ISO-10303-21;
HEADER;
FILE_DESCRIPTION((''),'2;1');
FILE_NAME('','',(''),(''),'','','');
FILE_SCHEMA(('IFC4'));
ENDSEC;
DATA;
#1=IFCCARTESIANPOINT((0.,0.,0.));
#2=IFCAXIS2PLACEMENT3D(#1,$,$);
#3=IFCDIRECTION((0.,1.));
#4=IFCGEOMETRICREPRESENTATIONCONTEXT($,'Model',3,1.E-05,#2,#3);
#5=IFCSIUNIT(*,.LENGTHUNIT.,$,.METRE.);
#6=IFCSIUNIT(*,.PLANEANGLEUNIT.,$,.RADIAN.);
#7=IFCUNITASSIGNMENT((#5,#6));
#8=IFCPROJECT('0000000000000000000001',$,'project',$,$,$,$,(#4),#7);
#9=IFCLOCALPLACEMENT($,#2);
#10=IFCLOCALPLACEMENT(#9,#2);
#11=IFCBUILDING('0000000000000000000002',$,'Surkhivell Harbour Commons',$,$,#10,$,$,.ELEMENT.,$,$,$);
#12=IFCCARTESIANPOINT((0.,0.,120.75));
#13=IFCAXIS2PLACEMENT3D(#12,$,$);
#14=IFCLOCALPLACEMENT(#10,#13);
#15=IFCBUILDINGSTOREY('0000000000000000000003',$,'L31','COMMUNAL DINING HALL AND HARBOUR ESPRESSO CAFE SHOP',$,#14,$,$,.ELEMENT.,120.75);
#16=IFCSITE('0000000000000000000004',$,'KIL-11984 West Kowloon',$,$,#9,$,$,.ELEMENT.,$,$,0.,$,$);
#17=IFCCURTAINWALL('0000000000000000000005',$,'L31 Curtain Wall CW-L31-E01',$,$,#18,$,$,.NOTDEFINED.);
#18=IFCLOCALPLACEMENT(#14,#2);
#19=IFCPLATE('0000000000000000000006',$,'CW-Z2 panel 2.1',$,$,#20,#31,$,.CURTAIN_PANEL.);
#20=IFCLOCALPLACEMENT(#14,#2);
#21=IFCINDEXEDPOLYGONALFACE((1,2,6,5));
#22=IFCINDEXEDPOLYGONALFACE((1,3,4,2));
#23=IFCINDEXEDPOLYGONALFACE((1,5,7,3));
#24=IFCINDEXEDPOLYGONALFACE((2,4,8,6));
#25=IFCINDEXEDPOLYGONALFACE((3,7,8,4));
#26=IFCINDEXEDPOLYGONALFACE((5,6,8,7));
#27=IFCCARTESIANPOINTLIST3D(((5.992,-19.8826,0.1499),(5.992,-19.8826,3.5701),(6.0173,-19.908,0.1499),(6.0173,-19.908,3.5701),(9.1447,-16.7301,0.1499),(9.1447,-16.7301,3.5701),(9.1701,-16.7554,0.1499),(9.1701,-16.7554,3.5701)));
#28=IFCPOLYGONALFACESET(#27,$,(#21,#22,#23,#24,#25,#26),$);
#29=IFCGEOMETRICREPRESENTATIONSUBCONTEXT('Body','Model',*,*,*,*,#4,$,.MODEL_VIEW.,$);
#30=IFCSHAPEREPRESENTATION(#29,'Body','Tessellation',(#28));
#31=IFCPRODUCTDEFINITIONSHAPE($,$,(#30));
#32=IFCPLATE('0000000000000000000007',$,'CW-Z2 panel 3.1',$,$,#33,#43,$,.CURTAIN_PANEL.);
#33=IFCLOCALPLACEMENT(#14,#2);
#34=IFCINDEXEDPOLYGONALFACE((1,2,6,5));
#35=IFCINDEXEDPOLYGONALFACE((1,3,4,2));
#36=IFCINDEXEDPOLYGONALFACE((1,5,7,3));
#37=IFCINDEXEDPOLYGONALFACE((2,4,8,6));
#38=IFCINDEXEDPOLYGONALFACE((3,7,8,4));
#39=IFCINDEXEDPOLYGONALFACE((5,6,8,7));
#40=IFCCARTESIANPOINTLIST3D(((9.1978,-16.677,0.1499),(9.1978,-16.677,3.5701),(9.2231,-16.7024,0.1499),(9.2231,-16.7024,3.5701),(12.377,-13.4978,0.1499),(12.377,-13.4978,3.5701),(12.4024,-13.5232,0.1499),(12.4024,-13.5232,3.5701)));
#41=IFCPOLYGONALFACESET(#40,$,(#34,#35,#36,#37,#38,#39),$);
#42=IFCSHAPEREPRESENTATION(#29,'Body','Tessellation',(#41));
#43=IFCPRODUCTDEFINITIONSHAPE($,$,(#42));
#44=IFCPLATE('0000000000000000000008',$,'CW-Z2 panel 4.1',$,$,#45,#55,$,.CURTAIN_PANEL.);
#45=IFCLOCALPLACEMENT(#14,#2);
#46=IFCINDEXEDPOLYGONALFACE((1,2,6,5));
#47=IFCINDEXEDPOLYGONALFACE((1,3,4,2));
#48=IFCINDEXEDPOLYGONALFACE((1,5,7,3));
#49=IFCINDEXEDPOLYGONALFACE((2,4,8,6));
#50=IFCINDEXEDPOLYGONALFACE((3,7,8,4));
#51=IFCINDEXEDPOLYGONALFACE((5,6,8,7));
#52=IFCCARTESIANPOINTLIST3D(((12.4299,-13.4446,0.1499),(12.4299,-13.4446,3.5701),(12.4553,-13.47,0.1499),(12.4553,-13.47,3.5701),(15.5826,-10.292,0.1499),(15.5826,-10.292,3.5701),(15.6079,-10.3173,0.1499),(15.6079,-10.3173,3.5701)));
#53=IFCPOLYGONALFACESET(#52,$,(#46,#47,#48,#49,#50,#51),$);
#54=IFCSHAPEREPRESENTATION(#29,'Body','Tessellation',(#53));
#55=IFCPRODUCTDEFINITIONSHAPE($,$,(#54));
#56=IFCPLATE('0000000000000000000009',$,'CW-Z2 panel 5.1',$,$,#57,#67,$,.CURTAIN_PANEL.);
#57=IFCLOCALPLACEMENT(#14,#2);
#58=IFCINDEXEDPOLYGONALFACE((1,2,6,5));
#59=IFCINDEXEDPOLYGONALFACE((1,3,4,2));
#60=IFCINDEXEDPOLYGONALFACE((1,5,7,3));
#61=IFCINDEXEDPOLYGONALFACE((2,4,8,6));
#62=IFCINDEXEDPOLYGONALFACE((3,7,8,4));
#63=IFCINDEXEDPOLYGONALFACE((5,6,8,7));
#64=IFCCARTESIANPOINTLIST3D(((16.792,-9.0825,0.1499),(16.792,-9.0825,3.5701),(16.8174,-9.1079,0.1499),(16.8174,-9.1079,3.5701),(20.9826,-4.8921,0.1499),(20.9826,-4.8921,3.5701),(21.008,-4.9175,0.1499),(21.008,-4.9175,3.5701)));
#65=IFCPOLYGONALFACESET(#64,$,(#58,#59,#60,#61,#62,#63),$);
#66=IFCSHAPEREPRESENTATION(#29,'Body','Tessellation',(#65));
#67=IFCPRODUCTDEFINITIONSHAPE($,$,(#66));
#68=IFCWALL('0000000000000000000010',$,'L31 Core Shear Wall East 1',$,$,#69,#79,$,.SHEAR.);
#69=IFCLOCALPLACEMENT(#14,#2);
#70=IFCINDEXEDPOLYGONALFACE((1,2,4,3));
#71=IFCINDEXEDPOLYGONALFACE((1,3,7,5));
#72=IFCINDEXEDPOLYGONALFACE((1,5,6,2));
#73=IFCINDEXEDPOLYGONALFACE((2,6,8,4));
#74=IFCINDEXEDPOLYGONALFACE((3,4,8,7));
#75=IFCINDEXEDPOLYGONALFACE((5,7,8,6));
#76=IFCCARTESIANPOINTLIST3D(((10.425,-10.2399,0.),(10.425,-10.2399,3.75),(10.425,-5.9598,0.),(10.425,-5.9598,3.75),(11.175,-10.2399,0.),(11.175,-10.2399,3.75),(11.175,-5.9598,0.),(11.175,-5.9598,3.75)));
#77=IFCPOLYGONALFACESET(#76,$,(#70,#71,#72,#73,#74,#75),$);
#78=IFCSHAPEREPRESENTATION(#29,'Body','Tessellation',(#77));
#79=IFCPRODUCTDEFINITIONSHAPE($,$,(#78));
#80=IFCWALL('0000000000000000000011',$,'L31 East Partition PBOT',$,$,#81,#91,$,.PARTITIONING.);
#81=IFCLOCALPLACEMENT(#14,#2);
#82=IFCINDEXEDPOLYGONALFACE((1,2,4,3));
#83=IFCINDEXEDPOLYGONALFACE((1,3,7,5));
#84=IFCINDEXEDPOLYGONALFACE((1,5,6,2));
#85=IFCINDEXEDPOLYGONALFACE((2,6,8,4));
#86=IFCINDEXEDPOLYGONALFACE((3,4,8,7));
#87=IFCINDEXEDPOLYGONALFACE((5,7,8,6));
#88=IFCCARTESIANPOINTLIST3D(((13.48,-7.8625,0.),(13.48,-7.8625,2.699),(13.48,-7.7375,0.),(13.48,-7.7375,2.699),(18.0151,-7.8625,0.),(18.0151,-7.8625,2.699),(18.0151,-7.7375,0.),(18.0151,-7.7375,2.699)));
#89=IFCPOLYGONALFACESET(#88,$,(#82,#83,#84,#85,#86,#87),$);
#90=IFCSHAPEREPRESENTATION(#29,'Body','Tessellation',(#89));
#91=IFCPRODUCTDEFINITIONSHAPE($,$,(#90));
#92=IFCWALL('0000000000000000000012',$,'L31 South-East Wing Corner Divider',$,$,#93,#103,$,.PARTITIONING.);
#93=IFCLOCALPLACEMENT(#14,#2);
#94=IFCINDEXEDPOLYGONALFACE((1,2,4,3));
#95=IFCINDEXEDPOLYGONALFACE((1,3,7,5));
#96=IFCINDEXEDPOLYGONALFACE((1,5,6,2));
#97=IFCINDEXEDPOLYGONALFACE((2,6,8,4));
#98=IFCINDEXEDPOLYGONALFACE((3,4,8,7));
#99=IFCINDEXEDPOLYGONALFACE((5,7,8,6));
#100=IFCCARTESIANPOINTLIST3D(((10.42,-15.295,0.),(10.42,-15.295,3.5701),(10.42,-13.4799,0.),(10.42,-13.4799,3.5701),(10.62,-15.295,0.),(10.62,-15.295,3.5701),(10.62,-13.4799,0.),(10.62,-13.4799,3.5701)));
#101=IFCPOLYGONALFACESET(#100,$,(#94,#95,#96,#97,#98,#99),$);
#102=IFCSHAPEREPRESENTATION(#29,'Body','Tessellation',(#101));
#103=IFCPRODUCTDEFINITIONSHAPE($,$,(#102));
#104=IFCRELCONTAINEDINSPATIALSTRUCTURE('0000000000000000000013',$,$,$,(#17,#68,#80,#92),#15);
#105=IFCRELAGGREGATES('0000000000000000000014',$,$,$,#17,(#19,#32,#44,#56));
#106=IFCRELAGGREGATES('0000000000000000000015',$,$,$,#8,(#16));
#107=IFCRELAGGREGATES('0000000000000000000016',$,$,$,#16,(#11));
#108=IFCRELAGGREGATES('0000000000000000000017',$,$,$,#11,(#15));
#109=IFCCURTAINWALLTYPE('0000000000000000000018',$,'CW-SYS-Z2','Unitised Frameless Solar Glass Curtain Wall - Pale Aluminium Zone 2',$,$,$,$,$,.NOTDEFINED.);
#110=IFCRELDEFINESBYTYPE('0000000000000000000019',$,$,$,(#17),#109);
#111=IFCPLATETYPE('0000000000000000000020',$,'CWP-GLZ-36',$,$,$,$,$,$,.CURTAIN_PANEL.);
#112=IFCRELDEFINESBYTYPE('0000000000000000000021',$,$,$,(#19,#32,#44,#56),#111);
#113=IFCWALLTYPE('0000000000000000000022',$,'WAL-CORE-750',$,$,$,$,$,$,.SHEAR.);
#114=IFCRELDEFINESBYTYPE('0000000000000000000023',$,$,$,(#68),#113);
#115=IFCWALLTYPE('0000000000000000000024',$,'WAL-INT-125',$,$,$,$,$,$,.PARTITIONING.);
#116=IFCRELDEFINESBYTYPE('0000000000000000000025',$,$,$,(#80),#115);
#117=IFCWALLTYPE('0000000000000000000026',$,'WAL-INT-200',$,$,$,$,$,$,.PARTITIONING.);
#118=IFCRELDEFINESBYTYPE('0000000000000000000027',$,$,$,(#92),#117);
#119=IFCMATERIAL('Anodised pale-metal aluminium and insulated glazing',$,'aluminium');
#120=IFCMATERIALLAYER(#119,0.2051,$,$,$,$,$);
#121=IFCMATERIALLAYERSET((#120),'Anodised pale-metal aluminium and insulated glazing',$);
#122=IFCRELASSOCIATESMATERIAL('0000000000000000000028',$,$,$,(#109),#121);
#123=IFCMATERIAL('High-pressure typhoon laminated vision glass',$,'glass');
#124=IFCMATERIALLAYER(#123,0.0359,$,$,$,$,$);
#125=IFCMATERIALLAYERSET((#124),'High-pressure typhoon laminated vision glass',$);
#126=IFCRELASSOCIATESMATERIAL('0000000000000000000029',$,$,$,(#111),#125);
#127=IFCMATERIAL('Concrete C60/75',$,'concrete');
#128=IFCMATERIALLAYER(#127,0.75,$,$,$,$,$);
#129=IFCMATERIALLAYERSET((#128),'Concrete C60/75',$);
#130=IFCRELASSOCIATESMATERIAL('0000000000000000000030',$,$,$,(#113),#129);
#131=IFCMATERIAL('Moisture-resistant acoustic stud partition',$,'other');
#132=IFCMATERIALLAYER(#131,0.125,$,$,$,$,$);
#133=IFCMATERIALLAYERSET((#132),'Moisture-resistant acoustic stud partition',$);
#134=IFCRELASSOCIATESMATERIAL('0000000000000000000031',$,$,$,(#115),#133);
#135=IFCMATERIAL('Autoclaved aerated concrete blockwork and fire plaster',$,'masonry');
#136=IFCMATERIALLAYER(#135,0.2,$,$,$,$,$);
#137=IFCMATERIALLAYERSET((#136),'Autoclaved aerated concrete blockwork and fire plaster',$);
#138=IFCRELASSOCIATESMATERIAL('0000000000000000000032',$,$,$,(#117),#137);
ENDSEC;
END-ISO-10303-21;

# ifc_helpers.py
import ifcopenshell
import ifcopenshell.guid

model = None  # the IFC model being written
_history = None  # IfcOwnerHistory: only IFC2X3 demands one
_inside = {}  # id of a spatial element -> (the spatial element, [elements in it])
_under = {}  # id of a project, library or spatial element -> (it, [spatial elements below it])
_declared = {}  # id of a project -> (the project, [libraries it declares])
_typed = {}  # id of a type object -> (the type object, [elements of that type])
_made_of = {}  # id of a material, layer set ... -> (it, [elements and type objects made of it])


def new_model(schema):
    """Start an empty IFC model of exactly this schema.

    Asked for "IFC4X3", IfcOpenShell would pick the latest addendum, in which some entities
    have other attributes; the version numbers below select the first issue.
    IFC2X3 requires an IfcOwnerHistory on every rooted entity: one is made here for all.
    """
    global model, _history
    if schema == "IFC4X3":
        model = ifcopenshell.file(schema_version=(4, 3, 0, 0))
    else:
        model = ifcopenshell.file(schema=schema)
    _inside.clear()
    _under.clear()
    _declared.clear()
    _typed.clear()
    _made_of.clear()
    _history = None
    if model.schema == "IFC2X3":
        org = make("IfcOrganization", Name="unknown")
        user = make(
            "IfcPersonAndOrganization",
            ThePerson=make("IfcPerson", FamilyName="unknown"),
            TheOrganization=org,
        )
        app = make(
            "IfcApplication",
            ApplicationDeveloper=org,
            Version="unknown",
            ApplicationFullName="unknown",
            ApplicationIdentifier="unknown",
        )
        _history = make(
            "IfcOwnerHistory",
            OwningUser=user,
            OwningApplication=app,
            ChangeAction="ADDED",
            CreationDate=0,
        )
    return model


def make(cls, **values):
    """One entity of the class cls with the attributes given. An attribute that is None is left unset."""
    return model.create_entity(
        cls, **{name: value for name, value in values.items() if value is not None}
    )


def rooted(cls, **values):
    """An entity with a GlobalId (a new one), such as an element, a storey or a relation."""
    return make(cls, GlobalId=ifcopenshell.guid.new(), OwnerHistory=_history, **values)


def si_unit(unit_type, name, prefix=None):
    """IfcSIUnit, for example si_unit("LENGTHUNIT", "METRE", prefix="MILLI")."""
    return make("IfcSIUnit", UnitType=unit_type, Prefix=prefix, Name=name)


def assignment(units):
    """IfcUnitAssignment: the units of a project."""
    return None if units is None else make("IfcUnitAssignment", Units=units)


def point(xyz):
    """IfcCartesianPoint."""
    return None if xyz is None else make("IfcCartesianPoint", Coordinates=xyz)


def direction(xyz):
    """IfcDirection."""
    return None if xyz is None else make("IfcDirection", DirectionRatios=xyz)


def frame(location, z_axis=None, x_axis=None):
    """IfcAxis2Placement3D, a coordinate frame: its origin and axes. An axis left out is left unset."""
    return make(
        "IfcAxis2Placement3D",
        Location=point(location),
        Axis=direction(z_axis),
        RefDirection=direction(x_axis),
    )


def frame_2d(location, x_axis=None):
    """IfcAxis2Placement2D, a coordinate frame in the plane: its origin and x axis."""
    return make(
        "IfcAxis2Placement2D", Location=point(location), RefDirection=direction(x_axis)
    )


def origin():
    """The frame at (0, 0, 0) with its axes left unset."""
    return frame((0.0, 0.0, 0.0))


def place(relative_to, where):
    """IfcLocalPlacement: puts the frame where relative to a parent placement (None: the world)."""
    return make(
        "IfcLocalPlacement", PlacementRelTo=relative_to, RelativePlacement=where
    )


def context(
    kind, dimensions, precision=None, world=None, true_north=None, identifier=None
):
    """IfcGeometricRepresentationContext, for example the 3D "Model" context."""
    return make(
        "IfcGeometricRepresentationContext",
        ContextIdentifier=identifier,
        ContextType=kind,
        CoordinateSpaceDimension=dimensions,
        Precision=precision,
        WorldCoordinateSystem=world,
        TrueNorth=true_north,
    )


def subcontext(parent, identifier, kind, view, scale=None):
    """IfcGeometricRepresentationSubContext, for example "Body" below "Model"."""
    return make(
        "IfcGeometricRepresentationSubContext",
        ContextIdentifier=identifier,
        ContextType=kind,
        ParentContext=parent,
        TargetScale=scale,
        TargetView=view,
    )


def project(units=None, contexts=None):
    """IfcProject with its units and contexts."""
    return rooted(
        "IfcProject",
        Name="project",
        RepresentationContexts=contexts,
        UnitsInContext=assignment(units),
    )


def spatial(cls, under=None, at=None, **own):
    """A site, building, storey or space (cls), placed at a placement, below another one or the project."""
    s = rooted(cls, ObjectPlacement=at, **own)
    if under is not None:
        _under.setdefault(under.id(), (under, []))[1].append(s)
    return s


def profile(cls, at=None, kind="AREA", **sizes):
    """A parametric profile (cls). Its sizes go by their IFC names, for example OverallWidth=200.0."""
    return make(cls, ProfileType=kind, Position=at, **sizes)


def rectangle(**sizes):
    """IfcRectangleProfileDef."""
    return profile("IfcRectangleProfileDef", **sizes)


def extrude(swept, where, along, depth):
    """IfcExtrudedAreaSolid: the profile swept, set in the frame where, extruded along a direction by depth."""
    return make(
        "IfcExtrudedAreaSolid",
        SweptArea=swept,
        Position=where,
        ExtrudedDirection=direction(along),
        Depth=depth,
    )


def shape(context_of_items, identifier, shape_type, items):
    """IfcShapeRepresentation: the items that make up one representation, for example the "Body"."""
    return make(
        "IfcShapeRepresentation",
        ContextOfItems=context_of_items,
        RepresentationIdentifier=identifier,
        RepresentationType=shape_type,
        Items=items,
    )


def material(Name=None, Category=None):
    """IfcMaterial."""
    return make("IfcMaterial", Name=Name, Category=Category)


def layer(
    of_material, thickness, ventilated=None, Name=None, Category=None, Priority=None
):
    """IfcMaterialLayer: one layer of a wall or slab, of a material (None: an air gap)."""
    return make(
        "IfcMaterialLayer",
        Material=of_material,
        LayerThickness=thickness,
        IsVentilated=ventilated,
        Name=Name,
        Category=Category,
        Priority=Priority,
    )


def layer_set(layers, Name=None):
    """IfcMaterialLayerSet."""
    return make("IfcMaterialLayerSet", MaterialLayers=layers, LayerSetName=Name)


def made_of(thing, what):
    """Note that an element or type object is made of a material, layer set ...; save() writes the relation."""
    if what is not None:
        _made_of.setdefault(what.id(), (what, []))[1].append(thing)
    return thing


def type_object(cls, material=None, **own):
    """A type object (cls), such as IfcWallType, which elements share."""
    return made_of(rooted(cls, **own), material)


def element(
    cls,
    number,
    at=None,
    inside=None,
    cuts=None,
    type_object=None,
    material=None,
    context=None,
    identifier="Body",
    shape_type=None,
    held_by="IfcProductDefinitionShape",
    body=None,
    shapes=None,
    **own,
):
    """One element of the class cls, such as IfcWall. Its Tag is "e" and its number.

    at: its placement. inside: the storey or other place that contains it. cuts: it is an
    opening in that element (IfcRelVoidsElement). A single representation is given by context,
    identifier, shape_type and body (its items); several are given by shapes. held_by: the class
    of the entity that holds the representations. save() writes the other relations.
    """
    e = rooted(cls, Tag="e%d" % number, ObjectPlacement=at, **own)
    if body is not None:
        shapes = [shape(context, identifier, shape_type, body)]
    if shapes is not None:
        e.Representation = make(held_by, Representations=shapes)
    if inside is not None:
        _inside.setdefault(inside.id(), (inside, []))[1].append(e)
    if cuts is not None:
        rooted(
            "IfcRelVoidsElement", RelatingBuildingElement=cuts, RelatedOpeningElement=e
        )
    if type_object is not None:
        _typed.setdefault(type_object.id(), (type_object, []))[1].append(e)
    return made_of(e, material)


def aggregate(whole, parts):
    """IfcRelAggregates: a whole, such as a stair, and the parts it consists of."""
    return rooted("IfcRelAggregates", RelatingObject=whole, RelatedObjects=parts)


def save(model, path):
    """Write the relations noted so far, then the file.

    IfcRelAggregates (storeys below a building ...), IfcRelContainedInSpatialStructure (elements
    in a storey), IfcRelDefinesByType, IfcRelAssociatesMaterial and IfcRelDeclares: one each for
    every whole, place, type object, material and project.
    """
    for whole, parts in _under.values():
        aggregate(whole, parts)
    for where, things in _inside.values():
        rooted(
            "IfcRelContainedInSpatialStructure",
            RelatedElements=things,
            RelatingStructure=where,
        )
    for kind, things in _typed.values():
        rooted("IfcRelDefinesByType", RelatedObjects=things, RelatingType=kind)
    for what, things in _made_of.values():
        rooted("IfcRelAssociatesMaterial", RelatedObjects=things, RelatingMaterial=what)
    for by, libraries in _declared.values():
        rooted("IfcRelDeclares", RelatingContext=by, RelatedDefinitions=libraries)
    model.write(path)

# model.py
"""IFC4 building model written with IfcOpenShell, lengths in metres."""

from ifc_helpers import new_model, si_unit, direction, frame, frame_2d, origin, place, context, subcontext, project, spatial, rectangle, extrude, material, layer, layer_set, type_object, element, aggregate, save


model = new_model("IFC4")

# Units and contexts
model_context = context("Model", 3, precision=1e-05, world=origin(), true_north=direction((0.0, 1.0)))
body_context = subcontext(model_context, "Body", "Model", "MODEL_VIEW")
ifc_project = project(units=[si_unit("LENGTHUNIT", "METRE"), si_unit("PLANEANGLEUNIT", "RADIAN")], contexts=[model_context])

# Site, building, storey
site_placement = place(None, origin())
site = spatial("IfcSite", under=ifc_project, at=site_placement, Name="KIL-11984 West Kowloon", CompositionType="ELEMENT", RefElevation=0.0)
building_placement = place(site_placement, origin())
building = spatial("IfcBuilding", under=site, at=building_placement, Name="Surkhivell Harbour Commons", CompositionType="ELEMENT")
storey_placement = place(building_placement, frame((0.0, 0.0, 120.75)))
storey = spatial("IfcBuildingStorey", under=building, at=storey_placement, Name="L31", Description="COMMUNAL DINING HALL AND HARBOUR ESPRESSO CAFE SHOP", CompositionType="ELEMENT", Elevation=120.75)

# Shared definitions
ifc_material_1 = material(Name="Concrete C60/75", Category="concrete")

# Curtain wall, plates
ifc_material_2 = material(Name="Anodised pale-metal aluminium and insulated glazing", Category="aluminium")
ifc_layer_1 = layer(ifc_material_2, 0.2051)
ifc_layer_set_1 = layer_set([ifc_layer_1], Name="Anodised pale-metal aluminium and insulated glazing")
curtain_wall_type = type_object("IfcCurtainWallType", Name="CW-SYS-Z2", Description="Unitised Frameless Solar Glass Curtain Wall - Pale Aluminium Zone 2", PredefinedType="NOTDEFINED", material=ifc_layer_set_1)
curtain_wall_placement = place(storey_placement, origin())
curtain_wall = element("IfcCurtainWall", 1, at=curtain_wall_placement, inside=storey, type_object=curtain_wall_type, Name="L31 Curtain Wall CW-L31-E01", PredefinedType="NOTDEFINED")
ifc_material_3 = material(Name="High-pressure typhoon laminated vision glass", Category="glass")
ifc_layer_2 = layer(ifc_material_3, 0.0359)
ifc_layer_set_2 = layer_set([ifc_layer_2], Name="High-pressure typhoon laminated vision glass")
plate_type = type_object("IfcPlateType", Name="CWP-GLZ-36", PredefinedType="CURTAIN_PANEL", material=ifc_layer_set_2)
plate_1_placement = place(storey_placement, frame((6.0046, -19.8953, 0.1499), z_axis=(0.0, 0.0, 1.0), x_axis=(0.707134, 0.707079, 0.0)))
plate_1 = element("IfcPlate", 2, at=plate_1_placement, type_object=plate_type, Name="CW-Z2 panel 2.1", PredefinedType="CURTAIN_PANEL", context=body_context, shape_type="SweptSolid", body=[
    extrude(rectangle(XDim=4.4585, YDim=0.0359, at=frame_2d((2.2292, 0.0))), origin(), (0.0, 0.0, 1.0), 3.4202),
])
plate_2_placement = place(storey_placement, frame((9.2104, -16.6897, 0.1499), z_axis=(0.0, 0.0, 1.0), x_axis=(0.707107, 0.707107, 0.0)))
plate_2 = element("IfcPlate", 3, at=plate_2_placement, type_object=plate_type, Name="CW-Z2 panel 3.1", PredefinedType="CURTAIN_PANEL", context=body_context, shape_type="SweptSolid", body=[
    extrude(rectangle(XDim=4.4961, YDim=0.0359, at=frame_2d((2.248, 0.0))), origin(), (0.0, 0.0, 1.0), 3.4202),
])
plate_3_placement = place(storey_placement, frame((12.4426, -13.4573, 0.1499), z_axis=(0.0, 0.0, 1.0), x_axis=(0.707107, 0.707107, 0.0)))
plate_3 = element("IfcPlate", 4, at=plate_3_placement, type_object=plate_type, Name="CW-Z2 panel 4.1", PredefinedType="CURTAIN_PANEL", context=body_context, shape_type="SweptSolid", body=[
    extrude(rectangle(XDim=4.4585, YDim=0.0359, at=frame_2d((2.2292, 0.0))), origin(), (0.0, 0.0, 1.0), 3.4202),
])
plate_4_placement = place(storey_placement, frame((16.8047, -9.0952, 0.1499), z_axis=(0.0, 0.0, 1.0), x_axis=(0.707127, 0.707086, 0.0)))
plate_4 = element("IfcPlate", 5, at=plate_4_placement, type_object=plate_type, Name="CW-Z2 panel 5.1", PredefinedType="CURTAIN_PANEL", context=body_context, shape_type="SweptSolid", body=[
    extrude(rectangle(XDim=5.9263, YDim=0.0359, at=frame_2d((2.9631, 0.0))), origin(), (0.0, 0.0, 1.0), 3.4202),
])
aggregate(curtain_wall, [plate_1, plate_2, plate_3, plate_4])

# Walls
ifc_layer_3 = layer(ifc_material_1, 0.75)
ifc_layer_set_3 = layer_set([ifc_layer_3], Name="Concrete C60/75")
wall_type_1 = type_object("IfcWallType", Name="WAL-CORE-750", PredefinedType="SHEAR", material=ifc_layer_set_3)
wall_1_placement = place(storey_placement, frame((10.8, -10.24, 0.0), z_axis=(0.0, 0.0, 1.0), x_axis=(0.0, 1.0, 0.0)))
element("IfcWall", 6, at=wall_1_placement, inside=storey, type_object=wall_type_1, Name="L31 Core Shear Wall East 1", PredefinedType="SHEAR", context=body_context, shape_type="SweptSolid", body=[
    extrude(rectangle(XDim=4.28, YDim=0.75, at=frame_2d((2.1401, 0.0))), origin(), (0.0, 0.0, 1.0), 3.75),
])
ifc_material_4 = material(Name="Moisture-resistant acoustic stud partition", Category="other")
ifc_layer_4 = layer(ifc_material_4, 0.125)
ifc_layer_set_4 = layer_set([ifc_layer_4], Name="Moisture-resistant acoustic stud partition")
wall_type_2 = type_object("IfcWallType", Name="WAL-INT-125", PredefinedType="PARTITIONING", material=ifc_layer_set_4)
wall_2_placement = place(storey_placement, frame((13.48, -7.8, 0.0), z_axis=(0.0, 0.0, 1.0), x_axis=(1.0, 0.0, 0.0)))
element("IfcWall", 7, at=wall_2_placement, inside=storey, type_object=wall_type_2, Name="L31 East Partition PBOT", PredefinedType="PARTITIONING", context=body_context, shape_type="SweptSolid", body=[
    extrude(rectangle(XDim=4.5352, YDim=0.125, at=frame_2d((2.2676, 0.0))), origin(), (0.0, 0.0, 1.0), 2.699),
])
ifc_material_5 = material(Name="Autoclaved aerated concrete blockwork and fire plaster", Category="masonry")
ifc_layer_5 = layer(ifc_material_5, 0.2)
ifc_layer_set_5 = layer_set([ifc_layer_5], Name="Autoclaved aerated concrete blockwork and fire plaster")
wall_type_3 = type_object("IfcWallType", Name="WAL-INT-200", PredefinedType="PARTITIONING", material=ifc_layer_set_5)
wall_3_placement = place(storey_placement, frame((10.52, -15.2952, 0.0), z_axis=(0.0, 0.0, 1.0), x_axis=(0.0, 1.0, 0.0)))
element("IfcWall", 8, at=wall_3_placement, inside=storey, type_object=wall_type_3, Name="L31 South-East Wing Corner Divider", PredefinedType="PARTITIONING", context=body_context, shape_type="SweptSolid", body=[
    extrude(rectangle(XDim=1.8152, YDim=0.2, at=frame_2d((0.9077, 0.0))), origin(), (0.0, 0.0, 1.0), 3.5701),
])

save(model, "model.ifc")
